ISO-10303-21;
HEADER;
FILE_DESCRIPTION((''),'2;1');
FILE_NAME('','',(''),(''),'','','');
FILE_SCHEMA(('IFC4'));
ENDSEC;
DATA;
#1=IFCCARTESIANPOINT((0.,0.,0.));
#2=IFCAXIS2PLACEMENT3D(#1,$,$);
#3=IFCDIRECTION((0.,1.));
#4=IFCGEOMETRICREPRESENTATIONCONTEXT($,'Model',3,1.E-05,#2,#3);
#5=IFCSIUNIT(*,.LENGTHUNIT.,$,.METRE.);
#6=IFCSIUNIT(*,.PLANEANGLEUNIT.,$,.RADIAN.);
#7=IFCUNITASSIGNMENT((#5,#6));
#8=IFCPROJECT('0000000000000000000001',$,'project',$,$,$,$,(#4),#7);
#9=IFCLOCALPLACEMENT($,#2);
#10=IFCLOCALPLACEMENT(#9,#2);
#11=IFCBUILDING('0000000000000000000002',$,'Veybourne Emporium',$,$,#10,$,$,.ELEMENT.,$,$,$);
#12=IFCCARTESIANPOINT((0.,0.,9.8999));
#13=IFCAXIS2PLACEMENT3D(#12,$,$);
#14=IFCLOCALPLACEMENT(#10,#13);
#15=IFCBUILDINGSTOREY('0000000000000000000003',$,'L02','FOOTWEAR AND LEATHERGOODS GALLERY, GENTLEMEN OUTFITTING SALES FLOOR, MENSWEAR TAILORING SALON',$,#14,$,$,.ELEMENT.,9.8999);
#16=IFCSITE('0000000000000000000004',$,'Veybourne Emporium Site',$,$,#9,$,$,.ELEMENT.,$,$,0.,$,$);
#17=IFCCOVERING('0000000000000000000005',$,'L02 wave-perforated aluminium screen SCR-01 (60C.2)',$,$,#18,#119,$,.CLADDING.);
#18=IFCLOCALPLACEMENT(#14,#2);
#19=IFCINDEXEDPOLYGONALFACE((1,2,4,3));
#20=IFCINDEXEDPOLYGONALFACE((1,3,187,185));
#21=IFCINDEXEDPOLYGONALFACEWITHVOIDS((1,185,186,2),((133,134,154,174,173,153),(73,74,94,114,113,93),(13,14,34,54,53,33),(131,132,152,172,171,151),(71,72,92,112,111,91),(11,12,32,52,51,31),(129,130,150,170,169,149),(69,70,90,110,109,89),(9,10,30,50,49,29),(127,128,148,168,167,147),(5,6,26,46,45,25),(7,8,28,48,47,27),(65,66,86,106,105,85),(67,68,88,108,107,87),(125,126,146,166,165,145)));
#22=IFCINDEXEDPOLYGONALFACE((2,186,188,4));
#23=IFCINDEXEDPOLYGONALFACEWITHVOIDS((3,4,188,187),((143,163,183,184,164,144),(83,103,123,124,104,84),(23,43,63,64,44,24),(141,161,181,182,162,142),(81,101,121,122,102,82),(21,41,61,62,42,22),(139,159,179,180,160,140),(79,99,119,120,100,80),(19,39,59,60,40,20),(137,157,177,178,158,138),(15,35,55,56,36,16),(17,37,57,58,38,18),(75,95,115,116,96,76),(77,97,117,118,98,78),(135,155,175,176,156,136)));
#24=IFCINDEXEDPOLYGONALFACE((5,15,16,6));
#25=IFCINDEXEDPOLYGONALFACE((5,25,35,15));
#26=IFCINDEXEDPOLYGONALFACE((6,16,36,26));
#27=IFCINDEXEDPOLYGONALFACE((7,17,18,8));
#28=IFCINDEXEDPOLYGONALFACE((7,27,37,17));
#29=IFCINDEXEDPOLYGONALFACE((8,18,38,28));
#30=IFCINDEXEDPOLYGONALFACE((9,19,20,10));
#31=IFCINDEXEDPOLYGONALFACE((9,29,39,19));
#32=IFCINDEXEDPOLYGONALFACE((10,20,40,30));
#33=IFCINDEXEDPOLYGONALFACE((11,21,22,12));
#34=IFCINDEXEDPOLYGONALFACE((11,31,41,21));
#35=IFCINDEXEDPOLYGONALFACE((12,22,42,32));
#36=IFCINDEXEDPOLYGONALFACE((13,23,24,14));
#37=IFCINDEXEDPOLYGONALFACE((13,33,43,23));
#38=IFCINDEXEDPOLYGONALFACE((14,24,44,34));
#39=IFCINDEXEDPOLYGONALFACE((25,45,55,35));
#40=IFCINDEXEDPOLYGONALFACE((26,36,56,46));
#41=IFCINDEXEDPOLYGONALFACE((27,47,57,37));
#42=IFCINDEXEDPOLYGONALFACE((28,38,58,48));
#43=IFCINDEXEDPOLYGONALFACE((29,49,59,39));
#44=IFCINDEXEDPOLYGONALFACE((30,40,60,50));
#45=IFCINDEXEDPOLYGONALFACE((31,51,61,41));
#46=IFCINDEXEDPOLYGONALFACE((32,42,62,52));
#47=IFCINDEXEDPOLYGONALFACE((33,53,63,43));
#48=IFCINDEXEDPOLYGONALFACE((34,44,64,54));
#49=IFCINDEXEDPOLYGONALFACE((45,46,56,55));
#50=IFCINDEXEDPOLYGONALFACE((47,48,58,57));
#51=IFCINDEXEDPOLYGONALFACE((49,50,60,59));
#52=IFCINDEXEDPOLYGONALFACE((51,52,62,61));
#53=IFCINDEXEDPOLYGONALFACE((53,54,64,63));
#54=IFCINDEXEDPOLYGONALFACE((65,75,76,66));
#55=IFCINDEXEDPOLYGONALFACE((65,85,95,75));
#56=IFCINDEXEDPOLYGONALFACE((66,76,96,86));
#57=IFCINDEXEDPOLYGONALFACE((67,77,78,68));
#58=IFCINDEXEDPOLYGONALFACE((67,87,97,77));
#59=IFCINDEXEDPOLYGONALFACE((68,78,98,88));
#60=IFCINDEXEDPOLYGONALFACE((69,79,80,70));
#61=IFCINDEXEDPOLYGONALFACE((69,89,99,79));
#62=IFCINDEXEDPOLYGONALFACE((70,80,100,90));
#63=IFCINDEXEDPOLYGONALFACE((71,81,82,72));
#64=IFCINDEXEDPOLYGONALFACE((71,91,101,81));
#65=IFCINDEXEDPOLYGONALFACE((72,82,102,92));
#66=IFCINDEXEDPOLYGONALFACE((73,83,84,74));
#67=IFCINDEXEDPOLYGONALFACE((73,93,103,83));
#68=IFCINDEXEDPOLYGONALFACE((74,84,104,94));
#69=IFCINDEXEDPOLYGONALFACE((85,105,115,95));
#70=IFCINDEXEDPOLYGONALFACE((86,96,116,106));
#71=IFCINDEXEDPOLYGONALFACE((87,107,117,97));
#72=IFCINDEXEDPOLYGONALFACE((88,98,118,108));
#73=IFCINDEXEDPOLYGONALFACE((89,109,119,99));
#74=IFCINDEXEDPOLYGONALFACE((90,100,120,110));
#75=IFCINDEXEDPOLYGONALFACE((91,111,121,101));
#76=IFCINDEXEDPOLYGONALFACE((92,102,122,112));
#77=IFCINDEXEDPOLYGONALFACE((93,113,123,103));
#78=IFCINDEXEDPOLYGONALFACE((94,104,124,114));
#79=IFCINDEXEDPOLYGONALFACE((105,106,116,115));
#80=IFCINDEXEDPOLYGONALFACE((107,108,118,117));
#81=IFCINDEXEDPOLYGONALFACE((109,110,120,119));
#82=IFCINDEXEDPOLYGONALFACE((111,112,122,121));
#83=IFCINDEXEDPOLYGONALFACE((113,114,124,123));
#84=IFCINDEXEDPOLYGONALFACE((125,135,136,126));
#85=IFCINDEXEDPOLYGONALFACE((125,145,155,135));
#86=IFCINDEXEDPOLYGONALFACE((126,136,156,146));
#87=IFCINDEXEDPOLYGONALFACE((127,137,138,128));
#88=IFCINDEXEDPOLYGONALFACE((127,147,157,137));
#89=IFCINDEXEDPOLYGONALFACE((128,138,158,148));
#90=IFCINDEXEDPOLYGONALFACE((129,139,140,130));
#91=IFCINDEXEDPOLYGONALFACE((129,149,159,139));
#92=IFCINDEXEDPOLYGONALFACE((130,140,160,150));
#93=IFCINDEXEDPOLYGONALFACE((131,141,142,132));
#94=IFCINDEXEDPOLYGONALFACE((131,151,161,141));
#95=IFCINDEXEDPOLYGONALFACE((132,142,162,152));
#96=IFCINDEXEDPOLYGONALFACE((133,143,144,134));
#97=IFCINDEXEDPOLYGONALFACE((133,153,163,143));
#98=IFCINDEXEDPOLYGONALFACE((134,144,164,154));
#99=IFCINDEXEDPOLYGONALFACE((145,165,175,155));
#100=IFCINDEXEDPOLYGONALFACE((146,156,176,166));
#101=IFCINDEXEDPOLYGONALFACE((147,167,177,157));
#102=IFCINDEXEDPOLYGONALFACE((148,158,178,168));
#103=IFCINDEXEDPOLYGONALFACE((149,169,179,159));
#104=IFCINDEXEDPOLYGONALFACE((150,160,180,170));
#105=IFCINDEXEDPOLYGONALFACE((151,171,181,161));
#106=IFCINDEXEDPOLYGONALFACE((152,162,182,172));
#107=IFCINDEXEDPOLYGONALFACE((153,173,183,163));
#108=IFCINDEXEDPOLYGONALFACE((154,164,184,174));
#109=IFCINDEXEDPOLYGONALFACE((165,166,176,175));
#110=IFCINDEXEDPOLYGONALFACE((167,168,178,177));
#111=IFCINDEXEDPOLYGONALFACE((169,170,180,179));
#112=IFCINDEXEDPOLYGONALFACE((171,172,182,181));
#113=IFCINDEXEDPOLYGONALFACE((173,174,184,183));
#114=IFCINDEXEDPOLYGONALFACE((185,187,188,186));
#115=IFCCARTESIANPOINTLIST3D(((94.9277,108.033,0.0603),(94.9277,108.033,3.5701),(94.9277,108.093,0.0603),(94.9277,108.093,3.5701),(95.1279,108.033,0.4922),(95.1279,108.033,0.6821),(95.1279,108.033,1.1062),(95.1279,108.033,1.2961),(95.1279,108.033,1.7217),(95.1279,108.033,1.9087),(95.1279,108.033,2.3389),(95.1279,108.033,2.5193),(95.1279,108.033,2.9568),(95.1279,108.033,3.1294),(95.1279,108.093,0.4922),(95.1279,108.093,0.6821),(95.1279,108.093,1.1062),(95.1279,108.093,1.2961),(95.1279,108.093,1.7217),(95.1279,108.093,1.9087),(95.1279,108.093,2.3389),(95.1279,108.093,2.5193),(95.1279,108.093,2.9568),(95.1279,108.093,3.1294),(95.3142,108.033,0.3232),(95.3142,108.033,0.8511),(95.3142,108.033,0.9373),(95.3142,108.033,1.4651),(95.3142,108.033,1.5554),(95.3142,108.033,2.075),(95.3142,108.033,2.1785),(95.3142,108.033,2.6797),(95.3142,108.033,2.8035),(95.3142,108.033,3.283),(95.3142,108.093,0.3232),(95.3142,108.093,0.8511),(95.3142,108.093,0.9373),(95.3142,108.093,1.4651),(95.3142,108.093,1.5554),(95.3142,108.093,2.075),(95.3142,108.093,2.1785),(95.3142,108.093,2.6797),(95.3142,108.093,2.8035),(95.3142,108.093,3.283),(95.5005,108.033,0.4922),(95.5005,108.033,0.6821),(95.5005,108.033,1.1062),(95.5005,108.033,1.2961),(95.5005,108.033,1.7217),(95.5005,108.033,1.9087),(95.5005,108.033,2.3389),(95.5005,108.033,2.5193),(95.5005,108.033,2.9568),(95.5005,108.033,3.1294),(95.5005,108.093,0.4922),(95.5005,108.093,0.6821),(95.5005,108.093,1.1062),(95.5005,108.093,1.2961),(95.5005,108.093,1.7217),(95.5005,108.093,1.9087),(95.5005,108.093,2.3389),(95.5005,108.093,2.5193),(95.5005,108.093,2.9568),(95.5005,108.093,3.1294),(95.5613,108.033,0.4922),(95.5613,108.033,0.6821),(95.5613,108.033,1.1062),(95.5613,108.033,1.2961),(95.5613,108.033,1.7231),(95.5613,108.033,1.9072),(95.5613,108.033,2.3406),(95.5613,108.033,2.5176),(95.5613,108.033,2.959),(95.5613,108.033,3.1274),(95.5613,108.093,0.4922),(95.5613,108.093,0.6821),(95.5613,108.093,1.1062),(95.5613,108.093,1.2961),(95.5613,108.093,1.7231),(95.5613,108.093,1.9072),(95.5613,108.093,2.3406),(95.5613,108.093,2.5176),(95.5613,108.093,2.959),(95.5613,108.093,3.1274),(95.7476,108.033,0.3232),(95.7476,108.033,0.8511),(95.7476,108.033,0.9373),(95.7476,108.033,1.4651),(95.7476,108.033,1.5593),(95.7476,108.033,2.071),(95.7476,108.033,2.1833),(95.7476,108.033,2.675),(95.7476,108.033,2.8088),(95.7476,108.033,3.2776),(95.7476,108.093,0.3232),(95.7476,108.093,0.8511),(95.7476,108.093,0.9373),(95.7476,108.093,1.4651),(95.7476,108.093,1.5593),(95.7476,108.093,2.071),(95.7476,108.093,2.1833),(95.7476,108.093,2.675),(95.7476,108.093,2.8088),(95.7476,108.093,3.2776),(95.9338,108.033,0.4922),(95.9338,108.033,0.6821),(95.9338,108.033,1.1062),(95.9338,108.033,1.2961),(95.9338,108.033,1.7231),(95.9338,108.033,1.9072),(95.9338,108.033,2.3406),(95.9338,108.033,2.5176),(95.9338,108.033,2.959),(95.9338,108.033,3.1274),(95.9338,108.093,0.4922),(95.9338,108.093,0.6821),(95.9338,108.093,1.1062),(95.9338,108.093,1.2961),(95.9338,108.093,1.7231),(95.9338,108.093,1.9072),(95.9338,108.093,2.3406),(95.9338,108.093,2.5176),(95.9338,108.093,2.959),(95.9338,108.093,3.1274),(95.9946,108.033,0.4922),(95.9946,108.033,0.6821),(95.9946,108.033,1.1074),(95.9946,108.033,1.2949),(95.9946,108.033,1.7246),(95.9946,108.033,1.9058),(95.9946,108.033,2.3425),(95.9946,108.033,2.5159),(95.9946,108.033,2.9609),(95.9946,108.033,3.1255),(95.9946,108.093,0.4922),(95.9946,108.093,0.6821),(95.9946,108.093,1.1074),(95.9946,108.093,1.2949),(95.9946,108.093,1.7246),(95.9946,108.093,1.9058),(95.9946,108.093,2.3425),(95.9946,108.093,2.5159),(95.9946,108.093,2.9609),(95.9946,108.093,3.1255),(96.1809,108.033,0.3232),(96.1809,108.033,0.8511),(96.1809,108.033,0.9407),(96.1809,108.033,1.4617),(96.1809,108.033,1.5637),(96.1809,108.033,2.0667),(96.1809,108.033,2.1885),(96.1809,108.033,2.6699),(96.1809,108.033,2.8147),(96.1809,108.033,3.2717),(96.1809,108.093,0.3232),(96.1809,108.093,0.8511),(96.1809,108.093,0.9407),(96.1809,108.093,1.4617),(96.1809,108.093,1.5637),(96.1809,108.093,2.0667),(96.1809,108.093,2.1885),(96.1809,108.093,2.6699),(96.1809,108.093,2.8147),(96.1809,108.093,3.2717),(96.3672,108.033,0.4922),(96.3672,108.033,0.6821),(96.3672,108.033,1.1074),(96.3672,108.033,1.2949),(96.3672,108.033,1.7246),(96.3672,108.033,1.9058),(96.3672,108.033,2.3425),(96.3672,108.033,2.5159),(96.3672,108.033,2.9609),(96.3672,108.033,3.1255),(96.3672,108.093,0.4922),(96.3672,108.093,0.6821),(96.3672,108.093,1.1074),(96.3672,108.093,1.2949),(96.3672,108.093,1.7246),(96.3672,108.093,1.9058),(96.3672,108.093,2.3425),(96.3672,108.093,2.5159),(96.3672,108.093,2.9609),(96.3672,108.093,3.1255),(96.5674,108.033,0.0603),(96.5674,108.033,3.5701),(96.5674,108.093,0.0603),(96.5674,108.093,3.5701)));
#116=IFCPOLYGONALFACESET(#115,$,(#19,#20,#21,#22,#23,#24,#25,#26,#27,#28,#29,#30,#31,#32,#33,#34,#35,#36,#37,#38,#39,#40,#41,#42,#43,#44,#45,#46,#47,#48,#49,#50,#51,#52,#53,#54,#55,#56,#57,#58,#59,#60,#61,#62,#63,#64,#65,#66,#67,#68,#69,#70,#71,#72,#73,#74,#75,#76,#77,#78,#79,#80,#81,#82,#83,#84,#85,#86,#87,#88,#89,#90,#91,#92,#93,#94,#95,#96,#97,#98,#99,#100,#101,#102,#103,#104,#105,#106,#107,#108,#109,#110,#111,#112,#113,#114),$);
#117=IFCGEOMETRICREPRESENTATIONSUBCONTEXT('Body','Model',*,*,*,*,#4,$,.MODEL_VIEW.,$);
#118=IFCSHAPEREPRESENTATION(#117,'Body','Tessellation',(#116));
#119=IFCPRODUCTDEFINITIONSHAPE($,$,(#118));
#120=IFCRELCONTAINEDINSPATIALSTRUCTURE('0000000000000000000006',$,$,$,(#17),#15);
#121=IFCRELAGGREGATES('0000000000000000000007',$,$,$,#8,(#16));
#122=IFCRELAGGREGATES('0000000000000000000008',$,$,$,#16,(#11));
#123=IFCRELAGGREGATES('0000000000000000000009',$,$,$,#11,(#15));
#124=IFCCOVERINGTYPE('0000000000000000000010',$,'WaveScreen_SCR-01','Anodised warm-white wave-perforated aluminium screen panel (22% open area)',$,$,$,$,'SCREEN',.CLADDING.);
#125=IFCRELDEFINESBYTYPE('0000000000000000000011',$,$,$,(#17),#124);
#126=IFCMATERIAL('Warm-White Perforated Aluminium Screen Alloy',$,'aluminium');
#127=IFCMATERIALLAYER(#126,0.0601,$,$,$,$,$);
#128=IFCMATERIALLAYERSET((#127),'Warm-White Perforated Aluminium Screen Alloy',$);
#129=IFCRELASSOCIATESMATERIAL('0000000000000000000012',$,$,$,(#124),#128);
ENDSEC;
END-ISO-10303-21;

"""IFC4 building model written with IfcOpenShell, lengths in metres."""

from ifc_helpers import new_model, si_unit, direction, frame, origin, place, context, subcontext, project, spatial, polyline, outline, extrude, material, layer, layer_set, type_object, element, save


model = new_model("IFC4")

# Units and contexts
model_context = context("Model", 3, precision=1e-05, world=origin(), true_north=direction((0.0, 1.0)))
body_context = subcontext(model_context, "Body", "Model", "MODEL_VIEW")
ifc_project = project(units=[si_unit("LENGTHUNIT", "METRE"), si_unit("PLANEANGLEUNIT", "RADIAN")], contexts=[model_context])

# Site, building, storey
site_placement = place(None, origin())
site = spatial("IfcSite", under=ifc_project, at=site_placement, Name="Veybourne Emporium Site", CompositionType="ELEMENT", RefElevation=0.0)
building_placement = place(site_placement, origin())
building = spatial("IfcBuilding", under=site, at=building_placement, Name="Veybourne Emporium", CompositionType="ELEMENT")
storey_placement = place(building_placement, frame((0.0, 0.0, 9.8999)))
storey = spatial("IfcBuildingStorey", under=building, at=storey_placement, Name="L02", Description="FOOTWEAR AND LEATHERGOODS GALLERY, GENTLEMEN OUTFITTING SALES FLOOR, MENSWEAR TAILORING SALON", CompositionType="ELEMENT", Elevation=9.8999)

# Covering
ifc_material_1 = material(Name="Warm-White Perforated Aluminium Screen Alloy", Category="aluminium")
ifc_layer_1 = layer(ifc_material_1, 0.0601)
ifc_layer_set_1 = layer_set([ifc_layer_1], Name="Warm-White Perforated Aluminium Screen Alloy")
covering_type_1 = type_object("IfcCoveringType", Name="WaveScreen_SCR-01", Description="Anodised warm-white wave-perforated aluminium screen panel (22% open area)", ElementType="SCREEN", PredefinedType="CLADDING", material=ifc_layer_set_1)
covering_1_placement = place(storey_placement, frame((95.7476, 108.093, 1.8152), z_axis=(0.0, -1.0, 0.0), x_axis=(1.0, 0.0, 0.0)))
element("IfcCovering", 1, at=covering_1_placement, inside=storey, type_object=covering_type_1, Name="L02 wave-perforated aluminium screen SCR-01 (60C.2)", PredefinedType="CLADDING", context=body_context, shape_type="SweptSolid", body=[
    extrude(outline(polyline([(-0.8198, -1.7549), (0.8198, -1.7549), (0.8198, 1.7549), (-0.8198, 1.7549), (-0.8198, -1.7549)]), holes=[polyline([(-0.4333, -0.9641), (-0.2471, -1.1331), (-0.2471, -1.323), (-0.4333, -1.4919), (-0.6196, -1.323), (-0.6196, -1.1331), (-0.4333, -0.9641)]), polyline([(-0.4333, -0.3501), (-0.2471, -0.519), (-0.2471, -0.709), (-0.4333, -0.8779), (-0.6196, -0.709), (-0.6196, -0.519), (-0.4333, -0.3501)]), polyline([(-0.4333, 0.2598), (-0.2471, 0.0935), (-0.2471, -0.0935), (-0.4333, -0.2598), (-0.6196, -0.0935), (-0.6196, 0.0935), (-0.4333, 0.2598)]), polyline([(-0.4333, 0.8645), (-0.2471, 0.7041), (-0.2471, 0.5237), (-0.4333, 0.3633), (-0.6196, 0.5237), (-0.6196, 0.7041), (-0.4333, 0.8645)]), polyline([(-0.4333, 1.4678), (-0.2471, 1.3142), (-0.2471, 1.1416), (-0.4333, 0.9883), (-0.6196, 1.1416), (-0.6196, 1.3142), (-0.4333, 1.4678)]), polyline([(0.0, -0.9641), (0.1863, -1.1331), (0.1863, -1.323), (0.0, -1.4919), (-0.1863, -1.323), (-0.1863, -1.1331), (0.0, -0.9641)]), polyline([(0.0, -0.3501), (0.1863, -0.519), (0.1863, -0.709), (0.0, -0.8779), (-0.1863, -0.709), (-0.1863, -0.519), (0.0, -0.3501)]), polyline([(0.0, 0.2559), (0.1863, 0.092), (0.1863, -0.092), (0.0, -0.2559), (-0.1863, -0.092), (-0.1863, 0.092), (0.0, 0.2559)]), polyline([(0.0, 0.8599), (0.1863, 0.7024), (0.1863, 0.5254), (0.0, 0.3682), (-0.1863, 0.5254), (-0.1863, 0.7024), (0.0, 0.8599)]), polyline([(0.0, 1.4624), (0.1863, 1.3123), (0.1863, 1.1438), (0.0, 0.9937), (-0.1863, 1.1438), (-0.1863, 1.3123), (0.0, 1.4624)]), polyline([(0.4333, -0.9641), (0.6196, -1.1331), (0.6196, -1.323), (0.4333, -1.4919), (0.2471, -1.323), (0.2471, -1.1331), (0.4333, -0.9641)]), polyline([(0.4333, -0.3535), (0.6196, -0.5203), (0.6196, -0.7078), (0.4333, -0.8745), (0.2471, -0.7078), (0.2471, -0.5203), (0.4333, -0.3535)]), polyline([(0.4333, 0.2515), (0.6196, 0.0906), (0.6196, -0.0906), (0.4333, -0.2515), (0.2471, -0.0906), (0.2471, 0.0906), (0.4333, 0.2515)]), polyline([(0.4333, 0.8547), (0.6196, 0.7007), (0.6196, 0.5273), (0.4333, 0.3733), (0.2471, 0.5273), (0.2471, 0.7007), (0.4333, 0.8547)]), polyline([(0.4333, 1.4565), (0.6196, 1.3103), (0.6196, 1.1458), (0.4333, 0.9995), (0.2471, 1.1458), (0.2471, 1.3103), (0.4333, 1.4565)])]), origin(), (0.0, 0.0, 1.0), 0.0601),
])

save(model, "model.ifc")
